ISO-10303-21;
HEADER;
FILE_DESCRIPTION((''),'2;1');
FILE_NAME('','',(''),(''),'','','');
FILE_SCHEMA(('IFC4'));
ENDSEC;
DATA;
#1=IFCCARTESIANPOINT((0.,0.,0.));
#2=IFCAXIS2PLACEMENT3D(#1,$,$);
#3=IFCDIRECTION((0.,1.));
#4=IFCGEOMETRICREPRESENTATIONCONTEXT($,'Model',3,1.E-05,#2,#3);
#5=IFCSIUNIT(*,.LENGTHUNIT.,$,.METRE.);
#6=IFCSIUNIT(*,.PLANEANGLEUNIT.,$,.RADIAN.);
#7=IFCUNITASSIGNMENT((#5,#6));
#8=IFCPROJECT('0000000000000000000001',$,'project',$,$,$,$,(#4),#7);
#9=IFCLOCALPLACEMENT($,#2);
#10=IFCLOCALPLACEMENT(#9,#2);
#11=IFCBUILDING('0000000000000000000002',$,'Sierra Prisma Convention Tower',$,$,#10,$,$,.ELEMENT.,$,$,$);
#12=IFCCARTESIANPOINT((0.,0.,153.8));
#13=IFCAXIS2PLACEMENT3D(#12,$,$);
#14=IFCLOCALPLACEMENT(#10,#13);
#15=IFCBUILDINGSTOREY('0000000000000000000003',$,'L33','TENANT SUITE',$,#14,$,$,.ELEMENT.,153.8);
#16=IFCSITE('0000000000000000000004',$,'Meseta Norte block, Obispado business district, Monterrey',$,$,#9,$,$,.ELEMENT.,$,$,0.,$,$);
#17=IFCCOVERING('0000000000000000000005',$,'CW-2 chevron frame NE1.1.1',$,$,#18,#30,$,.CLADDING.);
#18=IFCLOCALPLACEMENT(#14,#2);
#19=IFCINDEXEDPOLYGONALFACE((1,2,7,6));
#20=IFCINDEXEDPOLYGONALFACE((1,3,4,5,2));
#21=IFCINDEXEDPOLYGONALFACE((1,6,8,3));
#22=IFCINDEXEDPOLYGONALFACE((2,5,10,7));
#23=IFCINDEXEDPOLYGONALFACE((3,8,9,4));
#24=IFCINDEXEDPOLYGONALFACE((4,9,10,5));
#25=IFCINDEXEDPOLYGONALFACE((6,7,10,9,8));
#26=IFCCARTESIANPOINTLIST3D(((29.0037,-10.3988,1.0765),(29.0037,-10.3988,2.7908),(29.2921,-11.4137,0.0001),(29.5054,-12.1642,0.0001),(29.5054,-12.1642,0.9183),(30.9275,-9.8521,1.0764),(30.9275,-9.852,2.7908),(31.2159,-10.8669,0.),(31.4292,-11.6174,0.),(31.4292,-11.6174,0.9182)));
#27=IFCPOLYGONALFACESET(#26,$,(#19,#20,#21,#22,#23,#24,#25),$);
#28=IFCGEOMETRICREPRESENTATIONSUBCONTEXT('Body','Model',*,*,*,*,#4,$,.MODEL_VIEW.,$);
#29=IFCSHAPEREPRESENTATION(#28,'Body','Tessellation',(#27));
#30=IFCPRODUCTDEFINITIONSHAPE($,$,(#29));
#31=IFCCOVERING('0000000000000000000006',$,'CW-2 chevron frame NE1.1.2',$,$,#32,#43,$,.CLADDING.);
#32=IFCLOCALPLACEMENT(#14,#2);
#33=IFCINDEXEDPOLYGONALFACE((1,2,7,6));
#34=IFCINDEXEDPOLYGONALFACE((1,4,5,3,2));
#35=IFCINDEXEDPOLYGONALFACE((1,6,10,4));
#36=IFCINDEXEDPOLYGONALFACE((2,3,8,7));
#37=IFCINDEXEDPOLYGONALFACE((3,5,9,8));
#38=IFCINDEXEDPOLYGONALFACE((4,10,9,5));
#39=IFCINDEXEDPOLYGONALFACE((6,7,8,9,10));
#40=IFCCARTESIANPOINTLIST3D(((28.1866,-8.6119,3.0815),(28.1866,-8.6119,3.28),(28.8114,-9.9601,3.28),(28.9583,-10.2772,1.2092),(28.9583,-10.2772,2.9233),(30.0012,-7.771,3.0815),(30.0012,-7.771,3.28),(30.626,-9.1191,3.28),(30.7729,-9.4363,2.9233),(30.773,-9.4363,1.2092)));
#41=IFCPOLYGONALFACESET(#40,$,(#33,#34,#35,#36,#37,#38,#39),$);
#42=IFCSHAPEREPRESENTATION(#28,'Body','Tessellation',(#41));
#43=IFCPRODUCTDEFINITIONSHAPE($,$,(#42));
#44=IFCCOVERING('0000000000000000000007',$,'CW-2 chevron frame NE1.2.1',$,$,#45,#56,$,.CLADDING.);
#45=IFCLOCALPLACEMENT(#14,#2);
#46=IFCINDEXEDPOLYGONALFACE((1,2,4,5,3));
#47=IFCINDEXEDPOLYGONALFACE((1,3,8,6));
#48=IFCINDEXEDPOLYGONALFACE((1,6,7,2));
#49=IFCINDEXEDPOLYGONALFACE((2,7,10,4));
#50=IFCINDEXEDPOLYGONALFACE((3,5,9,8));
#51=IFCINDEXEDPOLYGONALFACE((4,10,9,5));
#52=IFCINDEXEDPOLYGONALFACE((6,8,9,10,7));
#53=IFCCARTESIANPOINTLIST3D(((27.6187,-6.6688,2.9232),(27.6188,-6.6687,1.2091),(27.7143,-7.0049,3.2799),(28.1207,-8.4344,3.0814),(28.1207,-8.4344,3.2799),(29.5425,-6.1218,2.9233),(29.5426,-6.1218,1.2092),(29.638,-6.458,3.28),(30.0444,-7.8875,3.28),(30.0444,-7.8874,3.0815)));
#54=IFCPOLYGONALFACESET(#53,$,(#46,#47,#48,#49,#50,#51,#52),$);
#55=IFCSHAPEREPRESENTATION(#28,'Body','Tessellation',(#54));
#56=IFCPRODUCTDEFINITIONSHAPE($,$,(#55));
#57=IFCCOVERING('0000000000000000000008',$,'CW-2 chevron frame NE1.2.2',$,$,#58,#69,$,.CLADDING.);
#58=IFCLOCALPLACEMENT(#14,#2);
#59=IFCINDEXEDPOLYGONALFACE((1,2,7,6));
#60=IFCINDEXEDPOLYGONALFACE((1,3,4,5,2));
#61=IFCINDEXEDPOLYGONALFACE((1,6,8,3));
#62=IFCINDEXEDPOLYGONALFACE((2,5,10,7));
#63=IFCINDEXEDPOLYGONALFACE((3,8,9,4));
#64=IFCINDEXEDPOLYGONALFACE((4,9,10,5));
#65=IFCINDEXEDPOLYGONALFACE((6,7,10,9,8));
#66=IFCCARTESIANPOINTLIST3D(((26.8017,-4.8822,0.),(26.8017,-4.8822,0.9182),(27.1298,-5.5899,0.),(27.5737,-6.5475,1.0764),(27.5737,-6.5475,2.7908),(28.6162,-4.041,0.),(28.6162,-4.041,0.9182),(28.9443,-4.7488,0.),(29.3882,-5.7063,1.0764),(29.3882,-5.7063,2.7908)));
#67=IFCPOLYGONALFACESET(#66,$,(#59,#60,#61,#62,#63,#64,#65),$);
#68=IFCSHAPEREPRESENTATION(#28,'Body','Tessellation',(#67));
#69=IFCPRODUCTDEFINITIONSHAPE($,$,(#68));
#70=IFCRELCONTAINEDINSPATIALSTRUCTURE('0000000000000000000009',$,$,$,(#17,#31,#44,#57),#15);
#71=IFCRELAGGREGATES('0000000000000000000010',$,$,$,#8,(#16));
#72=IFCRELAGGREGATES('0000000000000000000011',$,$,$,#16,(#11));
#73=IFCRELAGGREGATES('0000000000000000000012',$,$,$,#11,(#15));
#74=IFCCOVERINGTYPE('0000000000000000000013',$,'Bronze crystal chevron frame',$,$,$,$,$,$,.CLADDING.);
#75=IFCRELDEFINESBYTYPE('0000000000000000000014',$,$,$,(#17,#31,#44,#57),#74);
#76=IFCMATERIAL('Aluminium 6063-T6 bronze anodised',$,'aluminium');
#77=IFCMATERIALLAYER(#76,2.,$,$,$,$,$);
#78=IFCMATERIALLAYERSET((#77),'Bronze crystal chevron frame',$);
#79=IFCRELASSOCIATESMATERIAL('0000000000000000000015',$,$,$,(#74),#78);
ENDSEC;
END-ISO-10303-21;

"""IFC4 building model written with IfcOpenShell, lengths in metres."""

from ifc_helpers import new_model, si_unit, direction, frame, origin, place, context, subcontext, project, spatial, polyline, outline, extrude, material, layer, layer_set, type_object, element, save


model = new_model("IFC4")

# Units and contexts
model_context = context("Model", 3, precision=1e-05, world=origin(), true_north=direction((0.0, 1.0)))
body_context = subcontext(model_context, "Body", "Model", "MODEL_VIEW")
ifc_project = project(units=[si_unit("LENGTHUNIT", "METRE"), si_unit("PLANEANGLEUNIT", "RADIAN")], contexts=[model_context])

# Site, building, storey
site_placement = place(None, origin())
site = spatial("IfcSite", under=ifc_project, at=site_placement, Name="Meseta Norte block, Obispado business district, Monterrey", CompositionType="ELEMENT", RefElevation=0.0)
building_placement = place(site_placement, origin())
building = spatial("IfcBuilding", under=site, at=building_placement, Name="Sierra Prisma Convention Tower", CompositionType="ELEMENT")
storey_placement = place(building_placement, frame((0.0, 0.0, 153.8)))
storey = spatial("IfcBuildingStorey", under=building, at=storey_placement, Name="L33", Description="TENANT SUITE", CompositionType="ELEMENT", Elevation=153.8)

# Coverings
ifc_material_1 = material(Name="Aluminium 6063-T6 bronze anodised", Category="aluminium")
ifc_layer_1 = layer(ifc_material_1, 2.0)
ifc_layer_set_1 = layer_set([ifc_layer_1], Name="Bronze crystal chevron frame")
covering_type = type_object("IfcCoveringType", Name="Bronze crystal chevron frame", PredefinedType="CLADDING", material=ifc_layer_set_1)
covering_1_placement = place(storey_placement, frame((31.4292, -11.6174, 0.0), z_axis=(0.961905, 0.273385, -0.00003), x_axis=(-0.273385, 0.961905, 0.0)))
element("IfcCovering", 1, at=covering_1_placement, inside=storey, type_object=covering_type, Name="CW-2 chevron frame NE1.1.1", PredefinedType="CLADDING", context=body_context, shape_type="SweptSolid", body=[
    extrude(outline(polyline([(0.0, 0.0), (0.7802, 0.0), (1.8353, 1.0764), (1.8353, 2.7908), (0.0, 0.9182), (0.0, 0.0)])), origin(), (0.0, 0.0, -1.0), 2.0),
])
covering_2_placement = place(storey_placement, frame((30.7729, -9.4363, 2.9233), z_axis=(0.907308, 0.420466, 0.000002), x_axis=(0.000001, 0.000001, -1.0)))
element("IfcCovering", 2, at=covering_2_placement, inside=storey, type_object=covering_type, Name="CW-2 chevron frame NE1.1.2", PredefinedType="CLADDING", context=body_context, shape_type="SweptSolid", body=[
    extrude(outline(polyline([(0.0, 0.0), (1.7141, 0.0), (-0.1582, 1.8354), (-0.3567, 1.8354), (-0.3567, 0.3495), (0.0, 0.0)])), origin(), (0.0, 0.0, -1.0), 2.0),
])
covering_3_placement = place(storey_placement, frame((30.0444, -7.8875, 3.28), z_axis=(0.961882, 0.273465, 0.00005), x_axis=(0.000048, 0.000014, -1.0)))
element("IfcCovering", 3, at=covering_3_placement, inside=storey, type_object=covering_type, Name="CW-2 chevron frame NE1.2.1", PredefinedType="CLADDING", context=body_context, shape_type="SweptSolid", body=[
    extrude(outline(polyline([(0.0, 0.0), (0.1985, 0.0), (2.0708, 1.8356), (0.3567, 1.8356), (0.0, 1.4861), (0.0, 0.0)])), origin(), (0.0, 0.0, -1.0), 2.0),
])
covering_4_placement = place(storey_placement, frame((28.6162, -4.041, 0.0), z_axis=(0.907255, 0.42058, 0.000008), x_axis=(-0.000007, -0.000003, 1.0)))
element("IfcCovering", 4, at=covering_4_placement, inside=storey, type_object=covering_type, Name="CW-2 chevron frame NE1.2.2", PredefinedType="CLADDING", context=body_context, shape_type="SweptSolid", body=[
    extrude(outline(polyline([(0.0, 0.0), (0.9182, 0.0), (2.7908, 1.8355), (1.0764, 1.8355), (0.0, 0.7801), (0.0, 0.0)])), origin(), (0.0, 0.0, -1.0), 2.0),
])

save(model, "model.ifc")
